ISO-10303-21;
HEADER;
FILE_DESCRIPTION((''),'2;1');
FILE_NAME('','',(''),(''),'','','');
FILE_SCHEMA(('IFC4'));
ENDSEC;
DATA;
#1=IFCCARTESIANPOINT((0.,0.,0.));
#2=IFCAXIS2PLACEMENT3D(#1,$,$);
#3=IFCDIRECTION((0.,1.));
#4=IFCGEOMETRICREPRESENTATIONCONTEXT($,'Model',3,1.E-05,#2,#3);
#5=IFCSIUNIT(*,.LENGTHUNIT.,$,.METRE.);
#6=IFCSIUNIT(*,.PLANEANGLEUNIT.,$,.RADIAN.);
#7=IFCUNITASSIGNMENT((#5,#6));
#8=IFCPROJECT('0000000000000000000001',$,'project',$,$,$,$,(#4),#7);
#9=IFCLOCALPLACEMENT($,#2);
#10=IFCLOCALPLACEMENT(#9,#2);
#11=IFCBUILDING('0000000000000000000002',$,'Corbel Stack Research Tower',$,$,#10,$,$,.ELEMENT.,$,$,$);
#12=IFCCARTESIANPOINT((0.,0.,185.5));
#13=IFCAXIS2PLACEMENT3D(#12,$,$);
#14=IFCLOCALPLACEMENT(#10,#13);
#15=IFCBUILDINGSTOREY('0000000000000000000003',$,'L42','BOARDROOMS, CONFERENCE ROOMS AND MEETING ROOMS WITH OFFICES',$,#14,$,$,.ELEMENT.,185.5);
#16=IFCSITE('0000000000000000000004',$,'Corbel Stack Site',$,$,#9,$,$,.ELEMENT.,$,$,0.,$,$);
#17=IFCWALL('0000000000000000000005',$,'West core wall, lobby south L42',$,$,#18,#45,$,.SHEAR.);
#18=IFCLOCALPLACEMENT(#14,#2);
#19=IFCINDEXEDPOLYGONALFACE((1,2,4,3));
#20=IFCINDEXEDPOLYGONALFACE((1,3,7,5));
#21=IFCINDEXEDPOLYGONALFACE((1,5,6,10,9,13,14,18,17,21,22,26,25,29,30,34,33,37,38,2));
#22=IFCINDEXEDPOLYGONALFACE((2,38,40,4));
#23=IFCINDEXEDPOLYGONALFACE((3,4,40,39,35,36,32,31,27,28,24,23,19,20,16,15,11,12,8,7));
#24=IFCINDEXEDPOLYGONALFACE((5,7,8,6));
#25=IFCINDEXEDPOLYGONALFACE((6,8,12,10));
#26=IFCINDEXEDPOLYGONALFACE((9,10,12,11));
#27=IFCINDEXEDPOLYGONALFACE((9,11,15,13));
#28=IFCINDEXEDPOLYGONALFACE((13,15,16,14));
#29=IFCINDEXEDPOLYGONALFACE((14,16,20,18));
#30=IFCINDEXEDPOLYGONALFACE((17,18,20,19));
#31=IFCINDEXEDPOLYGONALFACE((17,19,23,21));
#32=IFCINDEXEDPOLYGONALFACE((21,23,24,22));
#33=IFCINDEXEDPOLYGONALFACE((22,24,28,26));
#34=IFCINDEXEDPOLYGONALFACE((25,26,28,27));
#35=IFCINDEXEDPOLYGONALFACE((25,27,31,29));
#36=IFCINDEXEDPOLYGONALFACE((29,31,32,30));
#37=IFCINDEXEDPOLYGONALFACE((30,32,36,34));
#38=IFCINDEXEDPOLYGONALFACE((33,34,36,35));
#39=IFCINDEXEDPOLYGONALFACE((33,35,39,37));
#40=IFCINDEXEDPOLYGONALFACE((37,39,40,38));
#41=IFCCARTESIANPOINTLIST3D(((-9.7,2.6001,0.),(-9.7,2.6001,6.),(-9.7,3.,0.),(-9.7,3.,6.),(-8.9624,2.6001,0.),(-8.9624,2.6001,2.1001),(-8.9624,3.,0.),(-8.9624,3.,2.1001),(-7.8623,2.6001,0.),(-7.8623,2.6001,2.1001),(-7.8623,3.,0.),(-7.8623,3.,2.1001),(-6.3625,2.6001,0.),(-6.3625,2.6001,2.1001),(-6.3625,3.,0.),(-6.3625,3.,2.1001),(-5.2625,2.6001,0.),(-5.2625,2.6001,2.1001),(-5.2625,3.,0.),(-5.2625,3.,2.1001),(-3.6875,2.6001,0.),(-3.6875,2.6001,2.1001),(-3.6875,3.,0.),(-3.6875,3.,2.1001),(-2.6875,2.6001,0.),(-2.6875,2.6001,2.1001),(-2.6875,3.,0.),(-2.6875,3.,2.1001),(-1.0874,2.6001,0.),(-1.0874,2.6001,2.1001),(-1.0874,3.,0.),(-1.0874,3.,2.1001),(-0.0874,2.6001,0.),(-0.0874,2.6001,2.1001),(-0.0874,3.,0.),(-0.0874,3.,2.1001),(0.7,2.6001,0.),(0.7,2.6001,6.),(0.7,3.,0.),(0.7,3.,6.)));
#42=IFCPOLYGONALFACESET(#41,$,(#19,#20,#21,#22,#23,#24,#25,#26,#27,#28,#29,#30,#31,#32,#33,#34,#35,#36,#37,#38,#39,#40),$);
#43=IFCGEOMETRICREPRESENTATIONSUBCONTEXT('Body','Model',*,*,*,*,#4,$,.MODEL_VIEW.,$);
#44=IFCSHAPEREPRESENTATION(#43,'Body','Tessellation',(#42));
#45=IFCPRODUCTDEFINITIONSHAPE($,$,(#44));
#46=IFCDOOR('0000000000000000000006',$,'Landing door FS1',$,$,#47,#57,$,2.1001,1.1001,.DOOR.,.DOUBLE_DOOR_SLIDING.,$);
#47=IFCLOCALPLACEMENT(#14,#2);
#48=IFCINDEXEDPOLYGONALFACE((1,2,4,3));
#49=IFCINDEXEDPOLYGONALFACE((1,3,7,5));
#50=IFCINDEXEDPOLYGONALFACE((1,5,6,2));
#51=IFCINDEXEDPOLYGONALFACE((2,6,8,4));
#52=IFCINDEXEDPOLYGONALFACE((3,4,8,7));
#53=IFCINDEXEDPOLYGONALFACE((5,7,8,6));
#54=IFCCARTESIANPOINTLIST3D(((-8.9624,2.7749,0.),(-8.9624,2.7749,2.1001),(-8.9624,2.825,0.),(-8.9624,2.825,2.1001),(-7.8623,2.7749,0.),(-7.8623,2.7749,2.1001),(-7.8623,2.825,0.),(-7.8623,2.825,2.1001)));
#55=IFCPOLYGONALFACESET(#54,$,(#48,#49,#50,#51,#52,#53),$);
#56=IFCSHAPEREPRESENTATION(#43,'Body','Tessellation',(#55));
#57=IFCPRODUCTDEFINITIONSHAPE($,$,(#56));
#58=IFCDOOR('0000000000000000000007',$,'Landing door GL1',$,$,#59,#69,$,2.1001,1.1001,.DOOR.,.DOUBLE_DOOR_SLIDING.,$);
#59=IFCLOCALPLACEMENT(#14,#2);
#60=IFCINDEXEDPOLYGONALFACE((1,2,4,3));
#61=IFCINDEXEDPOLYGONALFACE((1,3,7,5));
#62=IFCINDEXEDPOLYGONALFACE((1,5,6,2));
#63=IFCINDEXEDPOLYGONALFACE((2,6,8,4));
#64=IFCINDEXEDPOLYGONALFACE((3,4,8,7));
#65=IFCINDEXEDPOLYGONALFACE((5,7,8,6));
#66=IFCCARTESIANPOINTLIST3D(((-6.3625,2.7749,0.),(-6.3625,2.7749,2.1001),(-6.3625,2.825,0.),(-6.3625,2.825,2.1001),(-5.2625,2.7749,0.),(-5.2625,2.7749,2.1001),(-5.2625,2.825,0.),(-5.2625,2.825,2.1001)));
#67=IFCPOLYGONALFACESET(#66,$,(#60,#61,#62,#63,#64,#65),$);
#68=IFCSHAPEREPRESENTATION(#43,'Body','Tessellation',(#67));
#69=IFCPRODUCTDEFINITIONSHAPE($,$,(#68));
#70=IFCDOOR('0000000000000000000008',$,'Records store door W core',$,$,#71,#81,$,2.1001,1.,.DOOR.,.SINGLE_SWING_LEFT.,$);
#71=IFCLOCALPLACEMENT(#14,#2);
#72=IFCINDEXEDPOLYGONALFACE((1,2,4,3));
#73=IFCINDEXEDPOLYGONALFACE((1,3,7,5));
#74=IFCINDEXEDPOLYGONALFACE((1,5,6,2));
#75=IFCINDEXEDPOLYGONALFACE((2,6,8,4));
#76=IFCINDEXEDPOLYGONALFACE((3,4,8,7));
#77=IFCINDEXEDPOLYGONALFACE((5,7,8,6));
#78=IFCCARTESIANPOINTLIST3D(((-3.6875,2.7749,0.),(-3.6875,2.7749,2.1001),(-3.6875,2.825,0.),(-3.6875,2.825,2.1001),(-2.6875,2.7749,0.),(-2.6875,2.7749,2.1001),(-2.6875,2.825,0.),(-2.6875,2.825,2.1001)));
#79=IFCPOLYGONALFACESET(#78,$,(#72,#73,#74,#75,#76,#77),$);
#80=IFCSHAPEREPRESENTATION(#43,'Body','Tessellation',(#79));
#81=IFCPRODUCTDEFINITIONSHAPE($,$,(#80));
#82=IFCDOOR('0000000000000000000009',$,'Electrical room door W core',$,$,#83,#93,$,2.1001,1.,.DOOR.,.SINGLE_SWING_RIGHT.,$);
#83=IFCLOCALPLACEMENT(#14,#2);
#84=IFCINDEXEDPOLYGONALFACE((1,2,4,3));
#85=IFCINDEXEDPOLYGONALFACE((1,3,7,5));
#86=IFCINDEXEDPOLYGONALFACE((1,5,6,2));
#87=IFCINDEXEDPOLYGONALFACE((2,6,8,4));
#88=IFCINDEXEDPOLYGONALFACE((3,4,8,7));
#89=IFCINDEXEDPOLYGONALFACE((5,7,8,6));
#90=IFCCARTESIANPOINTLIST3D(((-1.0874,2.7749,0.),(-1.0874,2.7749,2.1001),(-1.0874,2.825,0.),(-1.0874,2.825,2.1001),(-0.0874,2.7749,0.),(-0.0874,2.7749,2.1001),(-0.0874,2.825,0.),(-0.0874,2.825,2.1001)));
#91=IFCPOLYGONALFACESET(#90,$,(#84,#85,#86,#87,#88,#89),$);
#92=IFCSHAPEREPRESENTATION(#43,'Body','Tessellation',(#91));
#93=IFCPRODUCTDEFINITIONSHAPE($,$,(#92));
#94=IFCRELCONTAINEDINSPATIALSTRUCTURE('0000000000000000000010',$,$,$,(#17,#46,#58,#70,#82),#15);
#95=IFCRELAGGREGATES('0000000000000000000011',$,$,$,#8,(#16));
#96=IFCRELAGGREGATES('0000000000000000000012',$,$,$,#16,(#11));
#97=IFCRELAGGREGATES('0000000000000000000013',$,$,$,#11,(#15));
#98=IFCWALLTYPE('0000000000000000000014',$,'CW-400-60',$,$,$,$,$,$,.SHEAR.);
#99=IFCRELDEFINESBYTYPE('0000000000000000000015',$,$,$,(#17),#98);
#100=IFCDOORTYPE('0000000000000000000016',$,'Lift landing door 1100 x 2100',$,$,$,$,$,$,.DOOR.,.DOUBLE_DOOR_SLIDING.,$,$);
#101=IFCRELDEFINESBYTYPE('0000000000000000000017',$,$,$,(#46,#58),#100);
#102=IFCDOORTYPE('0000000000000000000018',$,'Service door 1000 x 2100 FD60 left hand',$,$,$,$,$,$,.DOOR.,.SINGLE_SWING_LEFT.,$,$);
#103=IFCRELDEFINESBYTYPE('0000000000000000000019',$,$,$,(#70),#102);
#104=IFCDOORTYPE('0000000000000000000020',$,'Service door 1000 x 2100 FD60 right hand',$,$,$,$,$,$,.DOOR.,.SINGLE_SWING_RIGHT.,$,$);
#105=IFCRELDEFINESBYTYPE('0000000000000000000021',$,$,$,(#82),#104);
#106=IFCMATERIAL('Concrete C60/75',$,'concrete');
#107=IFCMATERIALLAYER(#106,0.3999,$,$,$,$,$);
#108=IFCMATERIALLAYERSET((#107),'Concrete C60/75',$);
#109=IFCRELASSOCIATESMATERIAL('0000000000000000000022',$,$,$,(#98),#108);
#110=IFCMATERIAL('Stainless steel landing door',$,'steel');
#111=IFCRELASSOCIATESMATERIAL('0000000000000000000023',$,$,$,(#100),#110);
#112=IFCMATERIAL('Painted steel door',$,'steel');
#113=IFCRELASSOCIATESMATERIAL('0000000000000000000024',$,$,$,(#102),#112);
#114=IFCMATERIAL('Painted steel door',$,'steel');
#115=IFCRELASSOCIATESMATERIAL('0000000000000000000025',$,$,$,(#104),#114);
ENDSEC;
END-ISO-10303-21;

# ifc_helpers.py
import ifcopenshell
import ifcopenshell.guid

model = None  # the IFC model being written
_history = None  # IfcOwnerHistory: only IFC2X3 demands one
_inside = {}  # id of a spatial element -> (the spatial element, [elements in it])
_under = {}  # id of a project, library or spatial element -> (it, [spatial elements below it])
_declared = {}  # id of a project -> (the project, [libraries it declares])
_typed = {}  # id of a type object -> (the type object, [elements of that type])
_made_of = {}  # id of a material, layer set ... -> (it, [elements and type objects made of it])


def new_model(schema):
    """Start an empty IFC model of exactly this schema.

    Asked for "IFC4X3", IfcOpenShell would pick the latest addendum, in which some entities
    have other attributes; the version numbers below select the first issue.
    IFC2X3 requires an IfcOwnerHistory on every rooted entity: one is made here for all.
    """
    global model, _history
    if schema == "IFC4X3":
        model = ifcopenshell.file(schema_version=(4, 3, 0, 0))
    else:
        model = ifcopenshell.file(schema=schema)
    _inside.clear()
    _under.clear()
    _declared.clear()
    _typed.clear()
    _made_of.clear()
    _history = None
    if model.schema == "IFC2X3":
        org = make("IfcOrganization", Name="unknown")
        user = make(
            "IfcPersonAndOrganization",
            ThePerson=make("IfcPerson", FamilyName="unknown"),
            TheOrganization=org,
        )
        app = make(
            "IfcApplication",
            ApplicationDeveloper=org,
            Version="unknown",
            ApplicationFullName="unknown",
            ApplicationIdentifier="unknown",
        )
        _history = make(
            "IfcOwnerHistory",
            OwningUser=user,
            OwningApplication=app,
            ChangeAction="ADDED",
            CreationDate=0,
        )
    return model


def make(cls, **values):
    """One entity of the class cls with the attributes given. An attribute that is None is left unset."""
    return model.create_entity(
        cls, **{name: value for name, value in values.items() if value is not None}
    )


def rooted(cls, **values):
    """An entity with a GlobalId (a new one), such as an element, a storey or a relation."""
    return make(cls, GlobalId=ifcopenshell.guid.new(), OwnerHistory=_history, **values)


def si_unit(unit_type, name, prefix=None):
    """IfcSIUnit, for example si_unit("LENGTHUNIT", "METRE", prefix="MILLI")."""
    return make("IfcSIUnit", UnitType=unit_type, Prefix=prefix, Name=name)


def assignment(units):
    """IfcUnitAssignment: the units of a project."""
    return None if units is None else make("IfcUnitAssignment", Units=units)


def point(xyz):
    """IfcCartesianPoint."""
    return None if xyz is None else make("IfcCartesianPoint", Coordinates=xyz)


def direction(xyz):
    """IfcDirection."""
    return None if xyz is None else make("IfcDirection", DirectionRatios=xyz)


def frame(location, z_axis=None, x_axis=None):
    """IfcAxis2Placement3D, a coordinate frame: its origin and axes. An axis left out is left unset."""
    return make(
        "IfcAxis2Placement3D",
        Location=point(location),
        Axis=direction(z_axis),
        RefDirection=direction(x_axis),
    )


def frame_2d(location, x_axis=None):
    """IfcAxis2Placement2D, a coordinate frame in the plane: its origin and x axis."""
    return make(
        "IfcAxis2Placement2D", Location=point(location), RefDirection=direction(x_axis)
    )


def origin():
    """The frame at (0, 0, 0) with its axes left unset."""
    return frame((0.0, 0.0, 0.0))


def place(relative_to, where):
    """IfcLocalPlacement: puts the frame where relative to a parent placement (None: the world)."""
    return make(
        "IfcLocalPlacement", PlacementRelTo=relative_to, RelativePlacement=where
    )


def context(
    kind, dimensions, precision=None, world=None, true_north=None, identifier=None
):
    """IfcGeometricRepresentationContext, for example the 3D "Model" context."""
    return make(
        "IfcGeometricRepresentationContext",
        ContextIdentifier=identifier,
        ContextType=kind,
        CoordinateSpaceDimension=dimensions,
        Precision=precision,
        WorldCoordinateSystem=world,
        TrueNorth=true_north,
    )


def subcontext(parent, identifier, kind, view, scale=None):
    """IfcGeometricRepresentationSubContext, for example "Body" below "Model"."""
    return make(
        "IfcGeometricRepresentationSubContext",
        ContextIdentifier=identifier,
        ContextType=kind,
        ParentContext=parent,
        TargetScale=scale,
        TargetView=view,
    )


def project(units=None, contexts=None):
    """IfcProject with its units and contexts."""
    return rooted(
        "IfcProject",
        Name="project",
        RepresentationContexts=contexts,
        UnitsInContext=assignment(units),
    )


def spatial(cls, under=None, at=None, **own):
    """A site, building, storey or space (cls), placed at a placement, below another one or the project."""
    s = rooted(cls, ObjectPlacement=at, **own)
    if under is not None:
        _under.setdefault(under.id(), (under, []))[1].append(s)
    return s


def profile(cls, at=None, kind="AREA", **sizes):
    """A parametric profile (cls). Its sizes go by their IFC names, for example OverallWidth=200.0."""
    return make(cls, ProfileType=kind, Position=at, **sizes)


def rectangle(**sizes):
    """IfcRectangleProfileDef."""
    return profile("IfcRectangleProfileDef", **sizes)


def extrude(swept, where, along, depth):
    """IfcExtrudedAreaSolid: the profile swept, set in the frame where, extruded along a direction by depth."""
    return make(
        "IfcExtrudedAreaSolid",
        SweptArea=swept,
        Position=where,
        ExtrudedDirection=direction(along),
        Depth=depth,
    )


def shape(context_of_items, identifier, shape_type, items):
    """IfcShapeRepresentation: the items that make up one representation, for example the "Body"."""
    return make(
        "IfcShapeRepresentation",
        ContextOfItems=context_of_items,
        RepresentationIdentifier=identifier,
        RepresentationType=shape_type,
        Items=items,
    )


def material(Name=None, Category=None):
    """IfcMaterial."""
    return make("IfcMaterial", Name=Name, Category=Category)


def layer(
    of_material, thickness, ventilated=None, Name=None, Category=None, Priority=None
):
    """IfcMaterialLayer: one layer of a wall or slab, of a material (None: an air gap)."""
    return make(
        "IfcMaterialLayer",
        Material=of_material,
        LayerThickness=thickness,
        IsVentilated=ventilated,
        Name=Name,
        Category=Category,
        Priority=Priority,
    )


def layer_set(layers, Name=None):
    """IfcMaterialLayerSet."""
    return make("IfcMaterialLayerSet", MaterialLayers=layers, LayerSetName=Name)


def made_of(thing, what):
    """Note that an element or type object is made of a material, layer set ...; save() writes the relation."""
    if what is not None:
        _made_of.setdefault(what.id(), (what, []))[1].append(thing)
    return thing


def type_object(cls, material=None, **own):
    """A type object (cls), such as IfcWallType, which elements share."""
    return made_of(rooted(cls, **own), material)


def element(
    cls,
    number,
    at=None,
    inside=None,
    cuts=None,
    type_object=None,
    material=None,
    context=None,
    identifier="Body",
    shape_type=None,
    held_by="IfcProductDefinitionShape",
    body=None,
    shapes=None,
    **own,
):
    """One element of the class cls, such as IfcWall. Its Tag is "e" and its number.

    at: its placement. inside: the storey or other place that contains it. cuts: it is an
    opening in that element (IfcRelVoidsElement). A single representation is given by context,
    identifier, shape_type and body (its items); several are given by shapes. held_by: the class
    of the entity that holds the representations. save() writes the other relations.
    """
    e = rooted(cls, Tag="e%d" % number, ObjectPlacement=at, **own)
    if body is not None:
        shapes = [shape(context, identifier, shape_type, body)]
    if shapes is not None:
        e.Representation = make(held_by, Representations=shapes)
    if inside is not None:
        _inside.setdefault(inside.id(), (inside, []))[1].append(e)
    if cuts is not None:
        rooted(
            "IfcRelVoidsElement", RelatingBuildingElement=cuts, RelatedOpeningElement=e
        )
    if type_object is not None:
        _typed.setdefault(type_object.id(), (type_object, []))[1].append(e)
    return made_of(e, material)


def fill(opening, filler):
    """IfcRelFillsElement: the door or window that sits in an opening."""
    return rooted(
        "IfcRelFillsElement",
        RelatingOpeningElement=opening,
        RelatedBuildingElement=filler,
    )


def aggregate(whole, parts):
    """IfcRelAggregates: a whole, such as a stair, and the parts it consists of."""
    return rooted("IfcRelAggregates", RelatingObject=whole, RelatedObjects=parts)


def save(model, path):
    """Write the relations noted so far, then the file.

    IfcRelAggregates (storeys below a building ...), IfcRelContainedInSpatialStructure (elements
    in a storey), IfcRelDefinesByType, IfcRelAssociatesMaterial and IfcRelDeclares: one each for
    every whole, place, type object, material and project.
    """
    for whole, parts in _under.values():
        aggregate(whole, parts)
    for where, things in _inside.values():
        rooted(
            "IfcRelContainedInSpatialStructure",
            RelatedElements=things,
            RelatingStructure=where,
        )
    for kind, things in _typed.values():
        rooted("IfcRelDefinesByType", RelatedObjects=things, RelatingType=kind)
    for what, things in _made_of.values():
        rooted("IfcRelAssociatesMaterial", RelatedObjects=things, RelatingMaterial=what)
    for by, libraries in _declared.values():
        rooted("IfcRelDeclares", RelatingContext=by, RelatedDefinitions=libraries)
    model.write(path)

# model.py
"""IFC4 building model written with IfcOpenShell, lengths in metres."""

from ifc_helpers import new_model, si_unit, direction, frame, frame_2d, origin, place, context, subcontext, project, spatial, rectangle, extrude, material, layer, layer_set, type_object, element, fill, save


model = new_model("IFC4")

# Units and contexts
model_context = context("Model", 3, precision=1e-05, world=origin(), true_north=direction((0.0, 1.0)))
body_context = subcontext(model_context, "Body", "Model", "MODEL_VIEW")
ifc_project = project(units=[si_unit("LENGTHUNIT", "METRE"), si_unit("PLANEANGLEUNIT", "RADIAN")], contexts=[model_context])

# Site, building, storey
site_placement = place(None, origin())
site = spatial("IfcSite", under=ifc_project, at=site_placement, Name="Corbel Stack Site", CompositionType="ELEMENT", RefElevation=0.0)
building_placement = place(site_placement, origin())
building = spatial("IfcBuilding", under=site, at=building_placement, Name="Corbel Stack Research Tower", CompositionType="ELEMENT")
storey_placement = place(building_placement, frame((0.0, 0.0, 185.5)))
storey = spatial("IfcBuildingStorey", under=building, at=storey_placement, Name="L42", Description="BOARDROOMS, CONFERENCE ROOMS AND MEETING ROOMS WITH OFFICES", CompositionType="ELEMENT", Elevation=185.5)

# Wall, openings, doors
ifc_material_1 = material(Name="Concrete C60/75", Category="concrete")
ifc_layer_1 = layer(ifc_material_1, 0.3999)
ifc_layer_set_1 = layer_set([ifc_layer_1], Name="Concrete C60/75")
wall_type_1 = type_object("IfcWallType", Name="CW-400-60", PredefinedType="SHEAR", material=ifc_layer_set_1)
wall_1_placement = place(storey_placement, frame((-9.7, 2.8, 0.0), z_axis=(0.0, 0.0, 1.0), x_axis=(1.0, 0.0, 0.0)))
wall_1 = element("IfcWall", 1, at=wall_1_placement, inside=storey, type_object=wall_type_1, Name="West core wall, lobby south L42", PredefinedType="SHEAR", context=body_context, shape_type="SweptSolid", body=[
    extrude(rectangle(XDim=10.3999, YDim=0.3999, at=frame_2d((5.2, 0.0))), origin(), (0.0, 0.0, 1.0), 6.0),
])
opening_1_placement = place(wall_1_placement, frame((0.7375, 0.0, 0.0)))
opening_1 = element("IfcOpeningElement", 2, at=opening_1_placement, cuts=wall_1, PredefinedType="OPENING", context=body_context, shape_type="SweptSolid", body=[
    extrude(rectangle(XDim=1.1001, YDim=2.1001, at=frame_2d((0.55, 1.05))), frame((0.0, 0.21, 0.0), z_axis=(0.0, -1.0, 0.0), x_axis=(1.0, 0.0, 0.0)), (0.0, 0.0, 1.0), 0.4199),
])
opening_2_placement = place(wall_1_placement, frame((3.3374, 0.0, 0.0)))
opening_2 = element("IfcOpeningElement", 3, at=opening_2_placement, cuts=wall_1, PredefinedType="OPENING", context=body_context, shape_type="SweptSolid", body=[
    extrude(rectangle(XDim=1.1001, YDim=2.1001, at=frame_2d((0.55, 1.05))), frame((0.0, 0.21, 0.0), z_axis=(0.0, -1.0, 0.0), x_axis=(1.0, 0.0, 0.0)), (0.0, 0.0, 1.0), 0.4199),
])
opening_3_placement = place(wall_1_placement, frame((6.0125, 0.0, 0.0)))
opening_3 = element("IfcOpeningElement", 4, at=opening_3_placement, cuts=wall_1, PredefinedType="OPENING", context=body_context, shape_type="SweptSolid", body=[
    extrude(rectangle(XDim=1.0, YDim=2.1001, at=frame_2d((0.5, 1.05))), frame((0.0, 0.21, 0.0), z_axis=(0.0, -1.0, 0.0), x_axis=(1.0, 0.0, 0.0)), (0.0, 0.0, 1.0), 0.4199),
])
opening_4_placement = place(wall_1_placement, frame((8.6125, 0.0, 0.0)))
opening_4 = element("IfcOpeningElement", 5, at=opening_4_placement, cuts=wall_1, PredefinedType="OPENING", context=body_context, shape_type="SweptSolid", body=[
    extrude(rectangle(XDim=1.0, YDim=2.1001, at=frame_2d((0.5, 1.05))), frame((0.0, 0.21, 0.0), z_axis=(0.0, -1.0, 0.0), x_axis=(1.0, 0.0, 0.0)), (0.0, 0.0, 1.0), 0.4199),
])
ifc_material_2 = material(Name="Stainless steel landing door", Category="steel")
door_type_1 = type_object("IfcDoorType", Name="Lift landing door 1100 x 2100", OperationType="DOUBLE_DOOR_SLIDING", PredefinedType="DOOR", material=ifc_material_2)
door_1_placement = place(opening_1_placement, origin())
door_1 = element("IfcDoor", 6, at=door_1_placement, inside=storey, type_object=door_type_1, Name="Landing door FS1", OperationType="DOUBLE_DOOR_SLIDING", OverallHeight=2.1001, OverallWidth=1.1001, PredefinedType="DOOR", context=body_context, shape_type="SweptSolid", body=[
    extrude(rectangle(XDim=1.1001, YDim=2.1001, at=frame_2d((0.55, 1.05))), frame((0.0, 0.0249, 0.0), z_axis=(0.0, -1.0, 0.0), x_axis=(1.0, 0.0, 0.0)), (0.0, 0.0, 1.0), 0.05),
])
fill(opening_1, door_1)
door_2_placement = place(opening_2_placement, origin())
door_2 = element("IfcDoor", 7, at=door_2_placement, inside=storey, type_object=door_type_1, Name="Landing door GL1", OperationType="DOUBLE_DOOR_SLIDING", OverallHeight=2.1001, OverallWidth=1.1001, PredefinedType="DOOR", context=body_context, shape_type="SweptSolid", body=[
    extrude(rectangle(XDim=1.1001, YDim=2.1001, at=frame_2d((0.55, 1.05))), frame((0.0, 0.0249, 0.0), z_axis=(0.0, -1.0, 0.0), x_axis=(1.0, 0.0, 0.0)), (0.0, 0.0, 1.0), 0.05),
])
fill(opening_2, door_2)
ifc_material_3 = material(Name="Painted steel door", Category="steel")
door_type_2 = type_object("IfcDoorType", Name="Service door 1000 x 2100 FD60 left hand", OperationType="SINGLE_SWING_LEFT", PredefinedType="DOOR", material=ifc_material_3)
door_3_placement = place(opening_3_placement, origin())
door_3 = element("IfcDoor", 8, at=door_3_placement, inside=storey, type_object=door_type_2, Name="Records store door W core", OperationType="SINGLE_SWING_LEFT", OverallHeight=2.1001, OverallWidth=1.0, PredefinedType="DOOR", context=body_context, shape_type="SweptSolid", body=[
    extrude(rectangle(XDim=1.0, YDim=2.1001, at=frame_2d((0.5, 1.05))), frame((0.0, 0.0249, 0.0), z_axis=(0.0, -1.0, 0.0), x_axis=(1.0, 0.0, 0.0)), (0.0, 0.0, 1.0), 0.05),
])
fill(opening_3, door_3)
ifc_material_4 = material(Name="Painted steel door", Category="steel")
door_type_3 = type_object("IfcDoorType", Name="Service door 1000 x 2100 FD60 right hand", OperationType="SINGLE_SWING_RIGHT", PredefinedType="DOOR", material=ifc_material_4)
door_4_placement = place(opening_4_placement, origin())
door_4 = element("IfcDoor", 9, at=door_4_placement, inside=storey, type_object=door_type_3, Name="Electrical room door W core", OperationType="SINGLE_SWING_RIGHT", OverallHeight=2.1001, OverallWidth=1.0, PredefinedType="DOOR", context=body_context, shape_type="SweptSolid", body=[
    extrude(rectangle(XDim=1.0, YDim=2.1001, at=frame_2d((0.5, 1.05))), frame((0.0, 0.0249, 0.0), z_axis=(0.0, -1.0, 0.0), x_axis=(1.0, 0.0, 0.0)), (0.0, 0.0, 1.0), 0.05),
])
fill(opening_4, door_4)

save(model, "model.ifc")
